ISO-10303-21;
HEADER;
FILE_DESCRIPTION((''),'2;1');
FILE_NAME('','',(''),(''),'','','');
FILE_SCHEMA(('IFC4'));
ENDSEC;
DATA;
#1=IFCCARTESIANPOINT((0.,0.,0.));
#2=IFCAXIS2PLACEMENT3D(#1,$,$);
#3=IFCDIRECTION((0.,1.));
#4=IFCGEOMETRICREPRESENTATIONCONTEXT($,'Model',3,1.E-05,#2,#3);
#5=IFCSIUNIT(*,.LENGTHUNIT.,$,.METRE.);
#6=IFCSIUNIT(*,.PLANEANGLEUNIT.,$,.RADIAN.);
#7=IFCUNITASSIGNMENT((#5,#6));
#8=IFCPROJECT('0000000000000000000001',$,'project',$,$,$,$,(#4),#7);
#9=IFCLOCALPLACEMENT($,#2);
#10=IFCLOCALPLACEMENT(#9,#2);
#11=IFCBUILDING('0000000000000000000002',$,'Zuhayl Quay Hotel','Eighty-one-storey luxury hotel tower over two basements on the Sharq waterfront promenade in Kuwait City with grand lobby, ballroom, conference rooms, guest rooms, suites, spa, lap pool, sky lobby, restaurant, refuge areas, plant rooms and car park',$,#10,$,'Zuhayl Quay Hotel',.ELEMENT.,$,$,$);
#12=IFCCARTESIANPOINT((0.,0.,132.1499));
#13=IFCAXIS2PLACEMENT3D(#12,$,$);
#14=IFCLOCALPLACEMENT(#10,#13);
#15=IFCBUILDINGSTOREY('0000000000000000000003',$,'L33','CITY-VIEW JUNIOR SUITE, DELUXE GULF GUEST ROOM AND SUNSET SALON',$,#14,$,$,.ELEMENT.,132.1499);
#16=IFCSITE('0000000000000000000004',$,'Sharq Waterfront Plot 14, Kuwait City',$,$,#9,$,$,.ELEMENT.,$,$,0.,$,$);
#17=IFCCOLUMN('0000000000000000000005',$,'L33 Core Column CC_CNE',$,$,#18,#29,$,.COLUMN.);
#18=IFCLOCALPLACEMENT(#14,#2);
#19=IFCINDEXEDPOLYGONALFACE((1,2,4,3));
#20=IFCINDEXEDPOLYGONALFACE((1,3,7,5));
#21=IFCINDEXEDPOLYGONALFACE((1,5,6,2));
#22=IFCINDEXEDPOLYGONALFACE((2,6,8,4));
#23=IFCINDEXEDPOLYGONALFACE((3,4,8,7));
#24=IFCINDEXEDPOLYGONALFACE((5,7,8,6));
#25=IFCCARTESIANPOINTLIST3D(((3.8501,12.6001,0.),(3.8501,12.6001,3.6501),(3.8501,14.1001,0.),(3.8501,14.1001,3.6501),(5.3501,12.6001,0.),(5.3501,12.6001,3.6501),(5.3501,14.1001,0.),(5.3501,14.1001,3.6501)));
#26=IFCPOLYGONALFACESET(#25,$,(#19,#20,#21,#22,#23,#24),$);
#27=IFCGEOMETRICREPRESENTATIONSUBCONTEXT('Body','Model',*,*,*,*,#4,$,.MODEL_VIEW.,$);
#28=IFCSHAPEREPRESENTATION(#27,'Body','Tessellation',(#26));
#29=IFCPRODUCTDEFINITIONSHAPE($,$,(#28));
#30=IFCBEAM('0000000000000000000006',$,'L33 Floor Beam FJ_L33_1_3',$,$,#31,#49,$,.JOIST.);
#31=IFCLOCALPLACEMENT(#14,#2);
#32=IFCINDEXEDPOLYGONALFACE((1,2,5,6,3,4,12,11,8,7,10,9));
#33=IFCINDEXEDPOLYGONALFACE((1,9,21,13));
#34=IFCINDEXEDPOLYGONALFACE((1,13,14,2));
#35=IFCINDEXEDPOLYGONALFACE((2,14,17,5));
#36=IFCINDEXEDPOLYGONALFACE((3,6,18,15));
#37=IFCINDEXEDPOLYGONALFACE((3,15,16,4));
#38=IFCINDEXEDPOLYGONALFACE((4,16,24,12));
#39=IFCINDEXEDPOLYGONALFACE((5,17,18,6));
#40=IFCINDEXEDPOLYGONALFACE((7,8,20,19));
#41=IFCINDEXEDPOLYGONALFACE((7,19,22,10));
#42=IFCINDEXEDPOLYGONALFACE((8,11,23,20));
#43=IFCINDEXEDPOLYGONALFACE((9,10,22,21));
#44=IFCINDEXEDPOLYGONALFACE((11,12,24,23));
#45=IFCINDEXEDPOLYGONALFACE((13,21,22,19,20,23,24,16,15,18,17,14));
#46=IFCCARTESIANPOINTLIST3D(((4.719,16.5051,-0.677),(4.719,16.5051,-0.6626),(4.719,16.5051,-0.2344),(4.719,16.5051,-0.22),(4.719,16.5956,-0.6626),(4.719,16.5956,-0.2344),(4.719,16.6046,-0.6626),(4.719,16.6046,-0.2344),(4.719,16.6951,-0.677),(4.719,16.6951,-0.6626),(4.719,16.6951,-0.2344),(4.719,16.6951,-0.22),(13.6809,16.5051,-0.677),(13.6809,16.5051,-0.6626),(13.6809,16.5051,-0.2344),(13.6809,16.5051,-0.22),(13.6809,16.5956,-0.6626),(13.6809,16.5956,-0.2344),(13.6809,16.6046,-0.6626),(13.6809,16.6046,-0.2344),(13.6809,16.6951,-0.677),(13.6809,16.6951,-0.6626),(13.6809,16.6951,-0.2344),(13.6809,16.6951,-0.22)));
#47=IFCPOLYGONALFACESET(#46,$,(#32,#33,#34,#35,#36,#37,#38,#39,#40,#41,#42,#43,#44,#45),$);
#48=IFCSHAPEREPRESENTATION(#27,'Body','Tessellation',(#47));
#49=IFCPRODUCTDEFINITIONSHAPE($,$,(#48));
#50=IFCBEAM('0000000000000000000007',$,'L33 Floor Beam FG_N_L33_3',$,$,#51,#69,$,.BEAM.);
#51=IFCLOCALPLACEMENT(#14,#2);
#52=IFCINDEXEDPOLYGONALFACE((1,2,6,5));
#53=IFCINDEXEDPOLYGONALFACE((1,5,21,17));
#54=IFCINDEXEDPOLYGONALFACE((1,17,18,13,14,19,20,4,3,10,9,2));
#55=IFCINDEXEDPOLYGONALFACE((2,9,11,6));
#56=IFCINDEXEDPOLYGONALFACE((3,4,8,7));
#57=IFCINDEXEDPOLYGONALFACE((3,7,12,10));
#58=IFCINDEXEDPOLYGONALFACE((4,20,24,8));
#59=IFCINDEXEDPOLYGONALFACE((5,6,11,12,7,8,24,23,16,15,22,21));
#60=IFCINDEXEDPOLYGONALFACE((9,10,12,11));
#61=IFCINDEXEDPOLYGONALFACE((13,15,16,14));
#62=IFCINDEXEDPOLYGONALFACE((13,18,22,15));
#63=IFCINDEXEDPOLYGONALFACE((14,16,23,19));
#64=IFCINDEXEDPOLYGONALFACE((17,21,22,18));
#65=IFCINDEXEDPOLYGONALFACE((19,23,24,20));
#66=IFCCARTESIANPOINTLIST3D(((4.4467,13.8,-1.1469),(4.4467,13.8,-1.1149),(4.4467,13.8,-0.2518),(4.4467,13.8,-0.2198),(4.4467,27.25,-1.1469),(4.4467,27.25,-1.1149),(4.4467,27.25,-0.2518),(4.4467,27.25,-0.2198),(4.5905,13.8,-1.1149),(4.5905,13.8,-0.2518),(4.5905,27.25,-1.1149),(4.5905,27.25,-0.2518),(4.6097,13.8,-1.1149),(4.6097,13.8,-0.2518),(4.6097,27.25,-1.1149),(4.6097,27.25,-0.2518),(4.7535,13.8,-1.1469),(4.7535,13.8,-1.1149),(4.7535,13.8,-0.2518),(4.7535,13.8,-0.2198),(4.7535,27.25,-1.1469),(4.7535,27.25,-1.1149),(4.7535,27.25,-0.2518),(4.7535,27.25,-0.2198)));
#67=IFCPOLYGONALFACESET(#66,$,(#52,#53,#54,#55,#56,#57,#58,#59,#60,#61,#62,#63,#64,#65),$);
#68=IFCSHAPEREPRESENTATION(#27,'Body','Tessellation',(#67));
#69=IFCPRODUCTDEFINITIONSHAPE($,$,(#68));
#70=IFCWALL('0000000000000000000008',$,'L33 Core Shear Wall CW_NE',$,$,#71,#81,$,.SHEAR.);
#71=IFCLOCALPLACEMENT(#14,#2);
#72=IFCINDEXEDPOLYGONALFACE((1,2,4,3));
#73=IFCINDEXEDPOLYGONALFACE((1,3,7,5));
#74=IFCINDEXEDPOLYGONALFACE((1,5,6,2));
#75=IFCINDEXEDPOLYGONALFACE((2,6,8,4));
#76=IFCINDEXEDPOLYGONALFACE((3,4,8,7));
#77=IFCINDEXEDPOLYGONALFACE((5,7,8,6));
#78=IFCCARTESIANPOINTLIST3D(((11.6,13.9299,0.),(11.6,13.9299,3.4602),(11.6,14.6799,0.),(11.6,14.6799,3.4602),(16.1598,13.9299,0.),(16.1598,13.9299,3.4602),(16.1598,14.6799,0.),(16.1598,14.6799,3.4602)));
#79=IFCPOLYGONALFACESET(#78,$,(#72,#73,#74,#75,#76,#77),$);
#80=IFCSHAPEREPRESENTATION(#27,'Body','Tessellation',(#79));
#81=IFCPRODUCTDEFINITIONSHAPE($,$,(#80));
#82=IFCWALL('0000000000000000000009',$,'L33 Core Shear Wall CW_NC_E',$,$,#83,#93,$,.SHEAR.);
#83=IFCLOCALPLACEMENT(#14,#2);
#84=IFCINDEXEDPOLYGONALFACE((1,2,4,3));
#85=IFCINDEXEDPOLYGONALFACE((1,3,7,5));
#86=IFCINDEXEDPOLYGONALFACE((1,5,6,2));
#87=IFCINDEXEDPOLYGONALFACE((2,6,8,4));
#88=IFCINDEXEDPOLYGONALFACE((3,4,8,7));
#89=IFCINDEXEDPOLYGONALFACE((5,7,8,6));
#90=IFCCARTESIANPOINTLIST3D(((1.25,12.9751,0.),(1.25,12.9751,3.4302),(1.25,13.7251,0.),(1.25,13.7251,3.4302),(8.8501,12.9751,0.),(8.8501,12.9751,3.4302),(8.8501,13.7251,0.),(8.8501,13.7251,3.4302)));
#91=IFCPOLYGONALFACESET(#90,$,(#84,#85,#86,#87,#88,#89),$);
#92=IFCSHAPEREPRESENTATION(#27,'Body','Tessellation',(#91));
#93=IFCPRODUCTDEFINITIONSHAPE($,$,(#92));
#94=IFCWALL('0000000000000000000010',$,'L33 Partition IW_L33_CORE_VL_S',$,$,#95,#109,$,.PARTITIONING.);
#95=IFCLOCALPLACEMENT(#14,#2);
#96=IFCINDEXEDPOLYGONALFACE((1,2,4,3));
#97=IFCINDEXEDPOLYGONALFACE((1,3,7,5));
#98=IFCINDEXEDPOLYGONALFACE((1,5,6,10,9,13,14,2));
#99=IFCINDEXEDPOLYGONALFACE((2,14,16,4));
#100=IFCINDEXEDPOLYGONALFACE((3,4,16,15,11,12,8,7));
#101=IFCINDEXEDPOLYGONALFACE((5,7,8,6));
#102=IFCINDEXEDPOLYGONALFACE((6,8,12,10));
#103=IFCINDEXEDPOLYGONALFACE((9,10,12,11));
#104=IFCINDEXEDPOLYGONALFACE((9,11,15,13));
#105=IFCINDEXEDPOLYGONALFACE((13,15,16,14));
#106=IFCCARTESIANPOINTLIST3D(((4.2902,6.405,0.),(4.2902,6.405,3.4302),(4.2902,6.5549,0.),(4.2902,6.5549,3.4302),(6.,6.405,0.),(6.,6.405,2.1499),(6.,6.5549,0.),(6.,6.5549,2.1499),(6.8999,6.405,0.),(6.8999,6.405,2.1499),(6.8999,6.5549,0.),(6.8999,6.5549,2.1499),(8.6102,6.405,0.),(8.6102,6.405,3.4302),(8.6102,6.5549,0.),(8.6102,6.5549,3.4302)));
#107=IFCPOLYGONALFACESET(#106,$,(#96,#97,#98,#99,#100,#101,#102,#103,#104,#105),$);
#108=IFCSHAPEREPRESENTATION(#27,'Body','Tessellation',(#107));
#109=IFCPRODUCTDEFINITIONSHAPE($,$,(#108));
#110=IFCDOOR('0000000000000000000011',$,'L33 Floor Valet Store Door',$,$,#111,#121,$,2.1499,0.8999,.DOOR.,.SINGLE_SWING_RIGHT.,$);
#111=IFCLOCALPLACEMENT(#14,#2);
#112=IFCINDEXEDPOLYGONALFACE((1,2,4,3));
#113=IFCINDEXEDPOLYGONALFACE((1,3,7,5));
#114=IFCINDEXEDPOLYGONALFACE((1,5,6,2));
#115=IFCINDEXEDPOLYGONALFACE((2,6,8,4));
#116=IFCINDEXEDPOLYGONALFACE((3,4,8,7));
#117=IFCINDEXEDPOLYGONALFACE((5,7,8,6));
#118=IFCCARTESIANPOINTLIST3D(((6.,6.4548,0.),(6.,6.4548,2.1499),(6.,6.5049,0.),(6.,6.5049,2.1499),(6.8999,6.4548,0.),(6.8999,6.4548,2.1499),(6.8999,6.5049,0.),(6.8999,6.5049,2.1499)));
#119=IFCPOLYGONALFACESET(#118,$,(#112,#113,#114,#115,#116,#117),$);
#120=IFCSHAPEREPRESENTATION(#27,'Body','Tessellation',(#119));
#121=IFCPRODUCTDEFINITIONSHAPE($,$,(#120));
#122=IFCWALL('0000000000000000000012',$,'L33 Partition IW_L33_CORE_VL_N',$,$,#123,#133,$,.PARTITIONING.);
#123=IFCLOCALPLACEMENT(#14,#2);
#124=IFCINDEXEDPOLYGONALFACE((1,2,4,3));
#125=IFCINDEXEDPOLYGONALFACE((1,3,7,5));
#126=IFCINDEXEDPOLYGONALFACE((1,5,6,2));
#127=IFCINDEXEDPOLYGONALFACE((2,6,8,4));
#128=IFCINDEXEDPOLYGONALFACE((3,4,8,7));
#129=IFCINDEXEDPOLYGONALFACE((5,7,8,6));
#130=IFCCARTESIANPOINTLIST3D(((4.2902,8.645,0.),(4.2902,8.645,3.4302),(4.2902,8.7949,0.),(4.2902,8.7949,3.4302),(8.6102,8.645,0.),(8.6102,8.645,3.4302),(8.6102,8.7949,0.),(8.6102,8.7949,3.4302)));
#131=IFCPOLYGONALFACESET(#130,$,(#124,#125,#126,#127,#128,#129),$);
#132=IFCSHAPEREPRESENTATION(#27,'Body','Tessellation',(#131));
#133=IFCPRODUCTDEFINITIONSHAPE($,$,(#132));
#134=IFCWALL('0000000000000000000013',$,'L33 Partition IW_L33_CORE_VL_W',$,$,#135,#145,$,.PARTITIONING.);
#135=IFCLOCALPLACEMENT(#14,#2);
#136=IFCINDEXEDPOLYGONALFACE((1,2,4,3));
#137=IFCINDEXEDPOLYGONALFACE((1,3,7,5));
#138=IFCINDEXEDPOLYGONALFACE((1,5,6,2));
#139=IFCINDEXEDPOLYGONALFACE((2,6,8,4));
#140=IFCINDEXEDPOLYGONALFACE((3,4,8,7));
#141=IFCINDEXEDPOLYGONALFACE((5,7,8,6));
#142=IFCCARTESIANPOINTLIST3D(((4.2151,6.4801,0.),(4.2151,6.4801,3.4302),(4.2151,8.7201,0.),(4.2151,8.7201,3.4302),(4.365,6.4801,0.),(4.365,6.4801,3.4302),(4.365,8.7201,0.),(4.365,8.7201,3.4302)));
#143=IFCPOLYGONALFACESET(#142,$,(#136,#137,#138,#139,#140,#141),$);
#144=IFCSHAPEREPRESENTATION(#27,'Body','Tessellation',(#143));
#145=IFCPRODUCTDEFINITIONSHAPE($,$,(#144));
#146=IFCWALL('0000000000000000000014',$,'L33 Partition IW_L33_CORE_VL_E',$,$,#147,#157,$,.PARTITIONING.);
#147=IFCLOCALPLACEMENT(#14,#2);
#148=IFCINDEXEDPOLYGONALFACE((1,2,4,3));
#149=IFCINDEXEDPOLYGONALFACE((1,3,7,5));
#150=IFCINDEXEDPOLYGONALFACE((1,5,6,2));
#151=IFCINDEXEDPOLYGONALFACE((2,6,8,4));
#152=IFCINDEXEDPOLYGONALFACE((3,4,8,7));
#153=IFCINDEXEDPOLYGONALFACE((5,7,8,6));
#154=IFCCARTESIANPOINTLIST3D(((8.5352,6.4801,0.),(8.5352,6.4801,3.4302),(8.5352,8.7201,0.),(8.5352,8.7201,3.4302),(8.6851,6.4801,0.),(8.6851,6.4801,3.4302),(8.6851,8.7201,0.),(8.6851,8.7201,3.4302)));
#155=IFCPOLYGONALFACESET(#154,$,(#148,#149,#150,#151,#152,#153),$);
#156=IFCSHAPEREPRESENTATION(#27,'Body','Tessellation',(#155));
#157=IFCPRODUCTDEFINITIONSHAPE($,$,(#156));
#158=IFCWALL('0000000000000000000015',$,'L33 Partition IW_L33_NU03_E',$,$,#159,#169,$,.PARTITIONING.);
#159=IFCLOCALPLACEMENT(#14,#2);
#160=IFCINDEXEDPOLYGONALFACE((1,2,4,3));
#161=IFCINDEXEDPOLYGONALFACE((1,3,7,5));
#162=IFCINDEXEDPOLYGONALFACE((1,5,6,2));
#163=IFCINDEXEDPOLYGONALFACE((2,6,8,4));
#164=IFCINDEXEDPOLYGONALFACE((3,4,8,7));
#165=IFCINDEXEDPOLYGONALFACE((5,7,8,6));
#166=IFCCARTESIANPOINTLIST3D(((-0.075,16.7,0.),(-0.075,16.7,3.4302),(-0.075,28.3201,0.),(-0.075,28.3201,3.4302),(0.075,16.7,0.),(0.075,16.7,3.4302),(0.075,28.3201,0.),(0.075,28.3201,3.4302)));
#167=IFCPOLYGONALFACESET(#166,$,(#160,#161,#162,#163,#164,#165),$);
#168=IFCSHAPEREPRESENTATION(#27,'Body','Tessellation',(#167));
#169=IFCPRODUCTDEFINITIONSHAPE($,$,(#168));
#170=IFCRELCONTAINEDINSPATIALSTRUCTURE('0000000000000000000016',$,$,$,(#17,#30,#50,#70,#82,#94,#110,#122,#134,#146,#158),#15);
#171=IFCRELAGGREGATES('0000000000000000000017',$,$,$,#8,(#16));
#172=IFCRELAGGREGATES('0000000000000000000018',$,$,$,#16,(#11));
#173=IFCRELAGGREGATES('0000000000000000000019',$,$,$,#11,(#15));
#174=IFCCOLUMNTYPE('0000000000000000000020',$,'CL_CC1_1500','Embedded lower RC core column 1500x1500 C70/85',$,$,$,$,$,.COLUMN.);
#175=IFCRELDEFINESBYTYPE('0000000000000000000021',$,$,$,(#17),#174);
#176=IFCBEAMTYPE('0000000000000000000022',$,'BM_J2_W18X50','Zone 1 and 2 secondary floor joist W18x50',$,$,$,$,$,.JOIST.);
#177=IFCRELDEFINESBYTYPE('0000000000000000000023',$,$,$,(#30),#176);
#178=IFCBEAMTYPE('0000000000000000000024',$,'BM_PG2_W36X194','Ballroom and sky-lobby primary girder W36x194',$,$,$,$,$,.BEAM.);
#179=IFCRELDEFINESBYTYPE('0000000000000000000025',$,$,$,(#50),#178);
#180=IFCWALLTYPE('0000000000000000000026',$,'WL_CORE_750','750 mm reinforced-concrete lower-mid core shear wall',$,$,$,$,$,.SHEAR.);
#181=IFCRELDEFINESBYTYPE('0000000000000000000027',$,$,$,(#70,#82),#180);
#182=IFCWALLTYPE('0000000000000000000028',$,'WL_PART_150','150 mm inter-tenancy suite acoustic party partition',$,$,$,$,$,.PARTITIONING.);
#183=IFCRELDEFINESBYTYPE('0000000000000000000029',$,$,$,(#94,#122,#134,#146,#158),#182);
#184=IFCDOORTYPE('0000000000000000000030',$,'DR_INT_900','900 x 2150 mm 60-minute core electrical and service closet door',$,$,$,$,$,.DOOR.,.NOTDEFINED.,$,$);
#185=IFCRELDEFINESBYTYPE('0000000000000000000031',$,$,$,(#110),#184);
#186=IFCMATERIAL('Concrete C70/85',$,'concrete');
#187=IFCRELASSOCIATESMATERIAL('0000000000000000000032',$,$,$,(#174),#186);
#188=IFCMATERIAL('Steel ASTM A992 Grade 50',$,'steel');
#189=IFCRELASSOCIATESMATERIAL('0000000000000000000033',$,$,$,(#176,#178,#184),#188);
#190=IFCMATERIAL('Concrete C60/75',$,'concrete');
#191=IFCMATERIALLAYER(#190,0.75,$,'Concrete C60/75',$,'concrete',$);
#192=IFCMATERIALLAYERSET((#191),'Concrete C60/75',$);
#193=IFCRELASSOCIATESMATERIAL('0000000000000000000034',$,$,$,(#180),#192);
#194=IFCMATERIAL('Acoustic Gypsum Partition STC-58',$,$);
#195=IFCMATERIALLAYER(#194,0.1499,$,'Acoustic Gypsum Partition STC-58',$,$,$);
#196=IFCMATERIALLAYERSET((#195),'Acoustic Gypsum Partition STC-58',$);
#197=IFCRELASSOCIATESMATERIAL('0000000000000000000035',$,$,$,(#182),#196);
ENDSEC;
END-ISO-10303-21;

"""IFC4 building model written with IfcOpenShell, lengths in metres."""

from ifc_helpers import new_model, si_unit, direction, frame, frame_2d, origin, origin_2d, place, context, subcontext, project, spatial, rectangle, i_section, extrude, material, layer, layer_set, material_profile, profile_set, type_object, element, fill, save


model = new_model("IFC4")

# Units and contexts
model_context = context("Model", 3, precision=1e-05, world=origin(), true_north=direction((0.0, 1.0)))
body_context = subcontext(model_context, "Body", "Model", "MODEL_VIEW")
ifc_project = project(units=[si_unit("LENGTHUNIT", "METRE"), si_unit("PLANEANGLEUNIT", "RADIAN")], contexts=[model_context])

# Site, building, storey
site_placement = place(None, origin())
site = spatial("IfcSite", under=ifc_project, at=site_placement, Name="Sharq Waterfront Plot 14, Kuwait City", CompositionType="ELEMENT", RefElevation=0.0)
building_placement = place(site_placement, origin())
building = spatial("IfcBuilding", under=site, at=building_placement, Name="Zuhayl Quay Hotel", Description="Eighty-one-storey luxury hotel tower over two basements on the Sharq waterfront promenade in Kuwait City with grand lobby, ballroom, conference rooms, guest rooms, suites, spa, lap pool, sky lobby, restaurant, refuge areas, plant rooms and car park", LongName="Zuhayl Quay Hotel", CompositionType="ELEMENT")
storey_placement = place(building_placement, frame((0.0, 0.0, 132.1499)))
storey = spatial("IfcBuildingStorey", under=building, at=storey_placement, Name="L33", Description="CITY-VIEW JUNIOR SUITE, DELUXE GULF GUEST ROOM AND SUNSET SALON", CompositionType="ELEMENT", Elevation=132.1499)

# Column
ifc_material_1 = material(Name="Concrete C70/85", Category="concrete")
ifc_material_profile_1 = material_profile(ifc_material_1, rectangle(XDim=1.5, YDim=1.5, at=origin_2d()), Name="RC1500X1500")
ifc_profile_set_1 = profile_set([ifc_material_profile_1], Name="Concrete C70/85")
column_type = type_object("IfcColumnType", Name="CL_CC1_1500", Description="Embedded lower RC core column 1500x1500 C70/85", PredefinedType="COLUMN", material=ifc_profile_set_1)
column_placement = place(storey_placement, frame((4.6001, 13.3501, 0.0), z_axis=(0.0, 0.0, 1.0), x_axis=(1.0, 0.0, 0.0)))
element("IfcColumn", 1, at=column_placement, inside=storey, type_object=column_type, Name="L33 Core Column CC_CNE", PredefinedType="COLUMN", context=body_context, shape_type="SweptSolid", body=[
    extrude(rectangle(XDim=1.5, YDim=1.5, at=origin_2d()), origin(), (0.0, 0.0, 1.0), 3.6501),
])

# Beams
ifc_material_2 = material(Name="Steel ASTM A992 Grade 50", Category="steel")
ifc_material_profile_2 = material_profile(ifc_material_2, i_section(OverallWidth=0.1899, OverallDepth=0.457, WebThickness=0.009, FlangeThickness=0.0144, at=origin_2d()), Name="W18X50")
ifc_profile_set_2 = profile_set([ifc_material_profile_2], Name="Steel ASTM A992 Grade 50")
beam_type_1 = type_object("IfcBeamType", Name="BM_J2_W18X50", Description="Zone 1 and 2 secondary floor joist W18x50", PredefinedType="JOIST", material=ifc_profile_set_2)
beam_1_placement = place(storey_placement, frame((4.719, 16.6001, -0.4485), z_axis=(1.0, 0.0, 0.0), x_axis=(0.0, 1.0, 0.0)))
element("IfcBeam", 2, at=beam_1_placement, inside=storey, type_object=beam_type_1, Name="L33 Floor Beam FJ_L33_1_3", PredefinedType="JOIST", context=body_context, shape_type="SweptSolid", body=[
    extrude(i_section(OverallWidth=0.1899, OverallDepth=0.457, WebThickness=0.009, FlangeThickness=0.0144, at=origin_2d()), origin(), (0.0, 0.0, 1.0), 8.9619),
])
ifc_material_profile_3 = material_profile(ifc_material_2, i_section(OverallWidth=0.3069, OverallDepth=0.927, WebThickness=0.0193, FlangeThickness=0.032, at=origin_2d()), Name="W36X194")
ifc_profile_set_3 = profile_set([ifc_material_profile_3], Name="Steel ASTM A992 Grade 50")
beam_type_2 = type_object("IfcBeamType", Name="BM_PG2_W36X194", Description="Ballroom and sky-lobby primary girder W36x194", PredefinedType="BEAM", material=ifc_profile_set_3)
beam_2_placement = place(storey_placement, frame((4.6001, 13.8, -0.6833), z_axis=(0.0, 1.0, 0.0), x_axis=(-1.0, 0.0, 0.0)))
element("IfcBeam", 3, at=beam_2_placement, inside=storey, type_object=beam_type_2, Name="L33 Floor Beam FG_N_L33_3", PredefinedType="BEAM", context=body_context, shape_type="SweptSolid", body=[
    extrude(i_section(OverallWidth=0.3069, OverallDepth=0.927, WebThickness=0.0193, FlangeThickness=0.032, at=origin_2d()), origin(), (0.0, 0.0, 1.0), 13.45),
])

# Walls
ifc_material_3 = material(Name="Concrete C60/75", Category="concrete")
ifc_layer_1 = layer(ifc_material_3, 0.75, Name="Concrete C60/75", Category="concrete")
ifc_layer_set_1 = layer_set([ifc_layer_1], Name="Concrete C60/75")
wall_type_1 = type_object("IfcWallType", Name="WL_CORE_750", Description="750 mm reinforced-concrete lower-mid core shear wall", PredefinedType="SHEAR", material=ifc_layer_set_1)
wall_1_placement = place(storey_placement, frame((11.6001, 14.3049, 0.0), z_axis=(0.0, 0.0, 1.0), x_axis=(1.0, 0.0, 0.0)))
element("IfcWall", 4, at=wall_1_placement, inside=storey, type_object=wall_type_1, Name="L33 Core Shear Wall CW_NE", PredefinedType="SHEAR", context=body_context, shape_type="SweptSolid", body=[
    extrude(rectangle(XDim=4.5598, YDim=0.75, at=frame_2d((2.2798, 0.0))), origin(), (0.0, 0.0, 1.0), 3.4602),
])
wall_2_placement = place(storey_placement, frame((1.25, 13.3501, 0.0), z_axis=(0.0, 0.0, 1.0), x_axis=(1.0, 0.0, 0.0)))
element("IfcWall", 5, at=wall_2_placement, inside=storey, type_object=wall_type_1, Name="L33 Core Shear Wall CW_NC_E", PredefinedType="SHEAR", context=body_context, shape_type="SweptSolid", body=[
    extrude(rectangle(XDim=7.6001, YDim=0.75, at=frame_2d((3.8, 0.0))), origin(), (0.0, 0.0, 1.0), 3.4302),
])

# Wall, opening, door
ifc_material_4 = material(Name="Acoustic Gypsum Partition STC-58")
ifc_layer_2 = layer(ifc_material_4, 0.1499, Name="Acoustic Gypsum Partition STC-58")
ifc_layer_set_2 = layer_set([ifc_layer_2], Name="Acoustic Gypsum Partition STC-58")
wall_type_2 = type_object("IfcWallType", Name="WL_PART_150", Description="150 mm inter-tenancy suite acoustic party partition", PredefinedType="PARTITIONING", material=ifc_layer_set_2)
wall_3_placement = place(storey_placement, frame((4.29, 6.48, 0.0), z_axis=(0.0, 0.0, 1.0), x_axis=(1.0, 0.0, 0.0)))
wall_3 = element("IfcWall", 6, at=wall_3_placement, inside=storey, type_object=wall_type_2, Name="L33 Partition IW_L33_CORE_VL_S", PredefinedType="PARTITIONING", context=body_context, shape_type="SweptSolid", body=[
    extrude(rectangle(XDim=4.3201, YDim=0.1499, at=frame_2d((2.1602, 0.0))), origin(), (0.0, 0.0, 1.0), 3.4302),
])
opening_1_placement = place(wall_3_placement, frame((1.71, 0.0, 0.0)))
opening_1 = element("IfcOpeningElement", 7, at=opening_1_placement, cuts=wall_3, PredefinedType="OPENING", context=body_context, shape_type="SweptSolid", body=[
    extrude(rectangle(XDim=0.8999, YDim=2.1499, at=frame_2d((0.45, 1.075))), frame((0.0, 0.085, 0.0), z_axis=(0.0, -1.0, 0.0), x_axis=(1.0, 0.0, 0.0)), (0.0, 0.0, 1.0), 0.1699),
])
door_type_1 = type_object("IfcDoorType", Name="DR_INT_900", Description="900 x 2150 mm 60-minute core electrical and service closet door", OperationType="NOTDEFINED", PredefinedType="DOOR", material=ifc_material_2)
door_1_placement = place(opening_1_placement, origin())
door_1 = element("IfcDoor", 8, at=door_1_placement, inside=storey, type_object=door_type_1, Name="L33 Floor Valet Store Door", OperationType="SINGLE_SWING_RIGHT", OverallHeight=2.1499, OverallWidth=0.8999, PredefinedType="DOOR", context=body_context, shape_type="SweptSolid", body=[
    extrude(rectangle(XDim=0.8999, YDim=2.1499, at=frame_2d((0.45, 1.075))), frame((0.0, 0.0249, 0.0), z_axis=(0.0, -1.0, 0.0), x_axis=(1.0, 0.0, 0.0)), (0.0, 0.0, 1.0), 0.05),
])
fill(opening_1, door_1)

# Walls
wall_4_placement = place(storey_placement, frame((4.29, 8.72, 0.0), z_axis=(0.0, 0.0, 1.0), x_axis=(1.0, 0.0, 0.0)))
element("IfcWall", 9, at=wall_4_placement, inside=storey, type_object=wall_type_2, Name="L33 Partition IW_L33_CORE_VL_N", PredefinedType="PARTITIONING", context=body_context, shape_type="SweptSolid", body=[
    extrude(rectangle(XDim=4.3201, YDim=0.1499, at=frame_2d((2.1602, 0.0))), origin(), (0.0, 0.0, 1.0), 3.4302),
])
for number, where, z_axis, x_axis, name in (
    (10, (4.29, 6.48, 0.0), (0.0, 0.0, 1.0), (0.0, 1.0, 0.0), "L33 Partition IW_L33_CORE_VL_W"),
    (11, (8.6101, 6.48, 0.0), (0.0, 0.0, 1.0), (0.0, 1.0, 0.0), "L33 Partition IW_L33_CORE_VL_E"),
):
    element("IfcWall", number, at=place(storey_placement, frame(where, z_axis=z_axis, x_axis=x_axis)), inside=storey, type_object=wall_type_2, Name=name, PredefinedType="PARTITIONING", context=body_context, shape_type="SweptSolid", body=[
        extrude(rectangle(XDim=2.24, YDim=0.1499, at=frame_2d((1.1201, 0.0))), origin(), (0.0, 0.0, 1.0), 3.4302),
    ])
wall_5_placement = place(storey_placement, frame((0.0, 16.7, 0.0), z_axis=(0.0, 0.0, 1.0), x_axis=(0.0, 1.0, 0.0)))
element("IfcWall", 12, at=wall_5_placement, inside=storey, type_object=wall_type_2, Name="L33 Partition IW_L33_NU03_E", PredefinedType="PARTITIONING", context=body_context, shape_type="SweptSolid", body=[
    extrude(rectangle(XDim=11.6201, YDim=0.1499, at=frame_2d((5.8101, 0.0))), origin(), (0.0, 0.0, 1.0), 3.4302),
])

save(model, "model.ifc")
